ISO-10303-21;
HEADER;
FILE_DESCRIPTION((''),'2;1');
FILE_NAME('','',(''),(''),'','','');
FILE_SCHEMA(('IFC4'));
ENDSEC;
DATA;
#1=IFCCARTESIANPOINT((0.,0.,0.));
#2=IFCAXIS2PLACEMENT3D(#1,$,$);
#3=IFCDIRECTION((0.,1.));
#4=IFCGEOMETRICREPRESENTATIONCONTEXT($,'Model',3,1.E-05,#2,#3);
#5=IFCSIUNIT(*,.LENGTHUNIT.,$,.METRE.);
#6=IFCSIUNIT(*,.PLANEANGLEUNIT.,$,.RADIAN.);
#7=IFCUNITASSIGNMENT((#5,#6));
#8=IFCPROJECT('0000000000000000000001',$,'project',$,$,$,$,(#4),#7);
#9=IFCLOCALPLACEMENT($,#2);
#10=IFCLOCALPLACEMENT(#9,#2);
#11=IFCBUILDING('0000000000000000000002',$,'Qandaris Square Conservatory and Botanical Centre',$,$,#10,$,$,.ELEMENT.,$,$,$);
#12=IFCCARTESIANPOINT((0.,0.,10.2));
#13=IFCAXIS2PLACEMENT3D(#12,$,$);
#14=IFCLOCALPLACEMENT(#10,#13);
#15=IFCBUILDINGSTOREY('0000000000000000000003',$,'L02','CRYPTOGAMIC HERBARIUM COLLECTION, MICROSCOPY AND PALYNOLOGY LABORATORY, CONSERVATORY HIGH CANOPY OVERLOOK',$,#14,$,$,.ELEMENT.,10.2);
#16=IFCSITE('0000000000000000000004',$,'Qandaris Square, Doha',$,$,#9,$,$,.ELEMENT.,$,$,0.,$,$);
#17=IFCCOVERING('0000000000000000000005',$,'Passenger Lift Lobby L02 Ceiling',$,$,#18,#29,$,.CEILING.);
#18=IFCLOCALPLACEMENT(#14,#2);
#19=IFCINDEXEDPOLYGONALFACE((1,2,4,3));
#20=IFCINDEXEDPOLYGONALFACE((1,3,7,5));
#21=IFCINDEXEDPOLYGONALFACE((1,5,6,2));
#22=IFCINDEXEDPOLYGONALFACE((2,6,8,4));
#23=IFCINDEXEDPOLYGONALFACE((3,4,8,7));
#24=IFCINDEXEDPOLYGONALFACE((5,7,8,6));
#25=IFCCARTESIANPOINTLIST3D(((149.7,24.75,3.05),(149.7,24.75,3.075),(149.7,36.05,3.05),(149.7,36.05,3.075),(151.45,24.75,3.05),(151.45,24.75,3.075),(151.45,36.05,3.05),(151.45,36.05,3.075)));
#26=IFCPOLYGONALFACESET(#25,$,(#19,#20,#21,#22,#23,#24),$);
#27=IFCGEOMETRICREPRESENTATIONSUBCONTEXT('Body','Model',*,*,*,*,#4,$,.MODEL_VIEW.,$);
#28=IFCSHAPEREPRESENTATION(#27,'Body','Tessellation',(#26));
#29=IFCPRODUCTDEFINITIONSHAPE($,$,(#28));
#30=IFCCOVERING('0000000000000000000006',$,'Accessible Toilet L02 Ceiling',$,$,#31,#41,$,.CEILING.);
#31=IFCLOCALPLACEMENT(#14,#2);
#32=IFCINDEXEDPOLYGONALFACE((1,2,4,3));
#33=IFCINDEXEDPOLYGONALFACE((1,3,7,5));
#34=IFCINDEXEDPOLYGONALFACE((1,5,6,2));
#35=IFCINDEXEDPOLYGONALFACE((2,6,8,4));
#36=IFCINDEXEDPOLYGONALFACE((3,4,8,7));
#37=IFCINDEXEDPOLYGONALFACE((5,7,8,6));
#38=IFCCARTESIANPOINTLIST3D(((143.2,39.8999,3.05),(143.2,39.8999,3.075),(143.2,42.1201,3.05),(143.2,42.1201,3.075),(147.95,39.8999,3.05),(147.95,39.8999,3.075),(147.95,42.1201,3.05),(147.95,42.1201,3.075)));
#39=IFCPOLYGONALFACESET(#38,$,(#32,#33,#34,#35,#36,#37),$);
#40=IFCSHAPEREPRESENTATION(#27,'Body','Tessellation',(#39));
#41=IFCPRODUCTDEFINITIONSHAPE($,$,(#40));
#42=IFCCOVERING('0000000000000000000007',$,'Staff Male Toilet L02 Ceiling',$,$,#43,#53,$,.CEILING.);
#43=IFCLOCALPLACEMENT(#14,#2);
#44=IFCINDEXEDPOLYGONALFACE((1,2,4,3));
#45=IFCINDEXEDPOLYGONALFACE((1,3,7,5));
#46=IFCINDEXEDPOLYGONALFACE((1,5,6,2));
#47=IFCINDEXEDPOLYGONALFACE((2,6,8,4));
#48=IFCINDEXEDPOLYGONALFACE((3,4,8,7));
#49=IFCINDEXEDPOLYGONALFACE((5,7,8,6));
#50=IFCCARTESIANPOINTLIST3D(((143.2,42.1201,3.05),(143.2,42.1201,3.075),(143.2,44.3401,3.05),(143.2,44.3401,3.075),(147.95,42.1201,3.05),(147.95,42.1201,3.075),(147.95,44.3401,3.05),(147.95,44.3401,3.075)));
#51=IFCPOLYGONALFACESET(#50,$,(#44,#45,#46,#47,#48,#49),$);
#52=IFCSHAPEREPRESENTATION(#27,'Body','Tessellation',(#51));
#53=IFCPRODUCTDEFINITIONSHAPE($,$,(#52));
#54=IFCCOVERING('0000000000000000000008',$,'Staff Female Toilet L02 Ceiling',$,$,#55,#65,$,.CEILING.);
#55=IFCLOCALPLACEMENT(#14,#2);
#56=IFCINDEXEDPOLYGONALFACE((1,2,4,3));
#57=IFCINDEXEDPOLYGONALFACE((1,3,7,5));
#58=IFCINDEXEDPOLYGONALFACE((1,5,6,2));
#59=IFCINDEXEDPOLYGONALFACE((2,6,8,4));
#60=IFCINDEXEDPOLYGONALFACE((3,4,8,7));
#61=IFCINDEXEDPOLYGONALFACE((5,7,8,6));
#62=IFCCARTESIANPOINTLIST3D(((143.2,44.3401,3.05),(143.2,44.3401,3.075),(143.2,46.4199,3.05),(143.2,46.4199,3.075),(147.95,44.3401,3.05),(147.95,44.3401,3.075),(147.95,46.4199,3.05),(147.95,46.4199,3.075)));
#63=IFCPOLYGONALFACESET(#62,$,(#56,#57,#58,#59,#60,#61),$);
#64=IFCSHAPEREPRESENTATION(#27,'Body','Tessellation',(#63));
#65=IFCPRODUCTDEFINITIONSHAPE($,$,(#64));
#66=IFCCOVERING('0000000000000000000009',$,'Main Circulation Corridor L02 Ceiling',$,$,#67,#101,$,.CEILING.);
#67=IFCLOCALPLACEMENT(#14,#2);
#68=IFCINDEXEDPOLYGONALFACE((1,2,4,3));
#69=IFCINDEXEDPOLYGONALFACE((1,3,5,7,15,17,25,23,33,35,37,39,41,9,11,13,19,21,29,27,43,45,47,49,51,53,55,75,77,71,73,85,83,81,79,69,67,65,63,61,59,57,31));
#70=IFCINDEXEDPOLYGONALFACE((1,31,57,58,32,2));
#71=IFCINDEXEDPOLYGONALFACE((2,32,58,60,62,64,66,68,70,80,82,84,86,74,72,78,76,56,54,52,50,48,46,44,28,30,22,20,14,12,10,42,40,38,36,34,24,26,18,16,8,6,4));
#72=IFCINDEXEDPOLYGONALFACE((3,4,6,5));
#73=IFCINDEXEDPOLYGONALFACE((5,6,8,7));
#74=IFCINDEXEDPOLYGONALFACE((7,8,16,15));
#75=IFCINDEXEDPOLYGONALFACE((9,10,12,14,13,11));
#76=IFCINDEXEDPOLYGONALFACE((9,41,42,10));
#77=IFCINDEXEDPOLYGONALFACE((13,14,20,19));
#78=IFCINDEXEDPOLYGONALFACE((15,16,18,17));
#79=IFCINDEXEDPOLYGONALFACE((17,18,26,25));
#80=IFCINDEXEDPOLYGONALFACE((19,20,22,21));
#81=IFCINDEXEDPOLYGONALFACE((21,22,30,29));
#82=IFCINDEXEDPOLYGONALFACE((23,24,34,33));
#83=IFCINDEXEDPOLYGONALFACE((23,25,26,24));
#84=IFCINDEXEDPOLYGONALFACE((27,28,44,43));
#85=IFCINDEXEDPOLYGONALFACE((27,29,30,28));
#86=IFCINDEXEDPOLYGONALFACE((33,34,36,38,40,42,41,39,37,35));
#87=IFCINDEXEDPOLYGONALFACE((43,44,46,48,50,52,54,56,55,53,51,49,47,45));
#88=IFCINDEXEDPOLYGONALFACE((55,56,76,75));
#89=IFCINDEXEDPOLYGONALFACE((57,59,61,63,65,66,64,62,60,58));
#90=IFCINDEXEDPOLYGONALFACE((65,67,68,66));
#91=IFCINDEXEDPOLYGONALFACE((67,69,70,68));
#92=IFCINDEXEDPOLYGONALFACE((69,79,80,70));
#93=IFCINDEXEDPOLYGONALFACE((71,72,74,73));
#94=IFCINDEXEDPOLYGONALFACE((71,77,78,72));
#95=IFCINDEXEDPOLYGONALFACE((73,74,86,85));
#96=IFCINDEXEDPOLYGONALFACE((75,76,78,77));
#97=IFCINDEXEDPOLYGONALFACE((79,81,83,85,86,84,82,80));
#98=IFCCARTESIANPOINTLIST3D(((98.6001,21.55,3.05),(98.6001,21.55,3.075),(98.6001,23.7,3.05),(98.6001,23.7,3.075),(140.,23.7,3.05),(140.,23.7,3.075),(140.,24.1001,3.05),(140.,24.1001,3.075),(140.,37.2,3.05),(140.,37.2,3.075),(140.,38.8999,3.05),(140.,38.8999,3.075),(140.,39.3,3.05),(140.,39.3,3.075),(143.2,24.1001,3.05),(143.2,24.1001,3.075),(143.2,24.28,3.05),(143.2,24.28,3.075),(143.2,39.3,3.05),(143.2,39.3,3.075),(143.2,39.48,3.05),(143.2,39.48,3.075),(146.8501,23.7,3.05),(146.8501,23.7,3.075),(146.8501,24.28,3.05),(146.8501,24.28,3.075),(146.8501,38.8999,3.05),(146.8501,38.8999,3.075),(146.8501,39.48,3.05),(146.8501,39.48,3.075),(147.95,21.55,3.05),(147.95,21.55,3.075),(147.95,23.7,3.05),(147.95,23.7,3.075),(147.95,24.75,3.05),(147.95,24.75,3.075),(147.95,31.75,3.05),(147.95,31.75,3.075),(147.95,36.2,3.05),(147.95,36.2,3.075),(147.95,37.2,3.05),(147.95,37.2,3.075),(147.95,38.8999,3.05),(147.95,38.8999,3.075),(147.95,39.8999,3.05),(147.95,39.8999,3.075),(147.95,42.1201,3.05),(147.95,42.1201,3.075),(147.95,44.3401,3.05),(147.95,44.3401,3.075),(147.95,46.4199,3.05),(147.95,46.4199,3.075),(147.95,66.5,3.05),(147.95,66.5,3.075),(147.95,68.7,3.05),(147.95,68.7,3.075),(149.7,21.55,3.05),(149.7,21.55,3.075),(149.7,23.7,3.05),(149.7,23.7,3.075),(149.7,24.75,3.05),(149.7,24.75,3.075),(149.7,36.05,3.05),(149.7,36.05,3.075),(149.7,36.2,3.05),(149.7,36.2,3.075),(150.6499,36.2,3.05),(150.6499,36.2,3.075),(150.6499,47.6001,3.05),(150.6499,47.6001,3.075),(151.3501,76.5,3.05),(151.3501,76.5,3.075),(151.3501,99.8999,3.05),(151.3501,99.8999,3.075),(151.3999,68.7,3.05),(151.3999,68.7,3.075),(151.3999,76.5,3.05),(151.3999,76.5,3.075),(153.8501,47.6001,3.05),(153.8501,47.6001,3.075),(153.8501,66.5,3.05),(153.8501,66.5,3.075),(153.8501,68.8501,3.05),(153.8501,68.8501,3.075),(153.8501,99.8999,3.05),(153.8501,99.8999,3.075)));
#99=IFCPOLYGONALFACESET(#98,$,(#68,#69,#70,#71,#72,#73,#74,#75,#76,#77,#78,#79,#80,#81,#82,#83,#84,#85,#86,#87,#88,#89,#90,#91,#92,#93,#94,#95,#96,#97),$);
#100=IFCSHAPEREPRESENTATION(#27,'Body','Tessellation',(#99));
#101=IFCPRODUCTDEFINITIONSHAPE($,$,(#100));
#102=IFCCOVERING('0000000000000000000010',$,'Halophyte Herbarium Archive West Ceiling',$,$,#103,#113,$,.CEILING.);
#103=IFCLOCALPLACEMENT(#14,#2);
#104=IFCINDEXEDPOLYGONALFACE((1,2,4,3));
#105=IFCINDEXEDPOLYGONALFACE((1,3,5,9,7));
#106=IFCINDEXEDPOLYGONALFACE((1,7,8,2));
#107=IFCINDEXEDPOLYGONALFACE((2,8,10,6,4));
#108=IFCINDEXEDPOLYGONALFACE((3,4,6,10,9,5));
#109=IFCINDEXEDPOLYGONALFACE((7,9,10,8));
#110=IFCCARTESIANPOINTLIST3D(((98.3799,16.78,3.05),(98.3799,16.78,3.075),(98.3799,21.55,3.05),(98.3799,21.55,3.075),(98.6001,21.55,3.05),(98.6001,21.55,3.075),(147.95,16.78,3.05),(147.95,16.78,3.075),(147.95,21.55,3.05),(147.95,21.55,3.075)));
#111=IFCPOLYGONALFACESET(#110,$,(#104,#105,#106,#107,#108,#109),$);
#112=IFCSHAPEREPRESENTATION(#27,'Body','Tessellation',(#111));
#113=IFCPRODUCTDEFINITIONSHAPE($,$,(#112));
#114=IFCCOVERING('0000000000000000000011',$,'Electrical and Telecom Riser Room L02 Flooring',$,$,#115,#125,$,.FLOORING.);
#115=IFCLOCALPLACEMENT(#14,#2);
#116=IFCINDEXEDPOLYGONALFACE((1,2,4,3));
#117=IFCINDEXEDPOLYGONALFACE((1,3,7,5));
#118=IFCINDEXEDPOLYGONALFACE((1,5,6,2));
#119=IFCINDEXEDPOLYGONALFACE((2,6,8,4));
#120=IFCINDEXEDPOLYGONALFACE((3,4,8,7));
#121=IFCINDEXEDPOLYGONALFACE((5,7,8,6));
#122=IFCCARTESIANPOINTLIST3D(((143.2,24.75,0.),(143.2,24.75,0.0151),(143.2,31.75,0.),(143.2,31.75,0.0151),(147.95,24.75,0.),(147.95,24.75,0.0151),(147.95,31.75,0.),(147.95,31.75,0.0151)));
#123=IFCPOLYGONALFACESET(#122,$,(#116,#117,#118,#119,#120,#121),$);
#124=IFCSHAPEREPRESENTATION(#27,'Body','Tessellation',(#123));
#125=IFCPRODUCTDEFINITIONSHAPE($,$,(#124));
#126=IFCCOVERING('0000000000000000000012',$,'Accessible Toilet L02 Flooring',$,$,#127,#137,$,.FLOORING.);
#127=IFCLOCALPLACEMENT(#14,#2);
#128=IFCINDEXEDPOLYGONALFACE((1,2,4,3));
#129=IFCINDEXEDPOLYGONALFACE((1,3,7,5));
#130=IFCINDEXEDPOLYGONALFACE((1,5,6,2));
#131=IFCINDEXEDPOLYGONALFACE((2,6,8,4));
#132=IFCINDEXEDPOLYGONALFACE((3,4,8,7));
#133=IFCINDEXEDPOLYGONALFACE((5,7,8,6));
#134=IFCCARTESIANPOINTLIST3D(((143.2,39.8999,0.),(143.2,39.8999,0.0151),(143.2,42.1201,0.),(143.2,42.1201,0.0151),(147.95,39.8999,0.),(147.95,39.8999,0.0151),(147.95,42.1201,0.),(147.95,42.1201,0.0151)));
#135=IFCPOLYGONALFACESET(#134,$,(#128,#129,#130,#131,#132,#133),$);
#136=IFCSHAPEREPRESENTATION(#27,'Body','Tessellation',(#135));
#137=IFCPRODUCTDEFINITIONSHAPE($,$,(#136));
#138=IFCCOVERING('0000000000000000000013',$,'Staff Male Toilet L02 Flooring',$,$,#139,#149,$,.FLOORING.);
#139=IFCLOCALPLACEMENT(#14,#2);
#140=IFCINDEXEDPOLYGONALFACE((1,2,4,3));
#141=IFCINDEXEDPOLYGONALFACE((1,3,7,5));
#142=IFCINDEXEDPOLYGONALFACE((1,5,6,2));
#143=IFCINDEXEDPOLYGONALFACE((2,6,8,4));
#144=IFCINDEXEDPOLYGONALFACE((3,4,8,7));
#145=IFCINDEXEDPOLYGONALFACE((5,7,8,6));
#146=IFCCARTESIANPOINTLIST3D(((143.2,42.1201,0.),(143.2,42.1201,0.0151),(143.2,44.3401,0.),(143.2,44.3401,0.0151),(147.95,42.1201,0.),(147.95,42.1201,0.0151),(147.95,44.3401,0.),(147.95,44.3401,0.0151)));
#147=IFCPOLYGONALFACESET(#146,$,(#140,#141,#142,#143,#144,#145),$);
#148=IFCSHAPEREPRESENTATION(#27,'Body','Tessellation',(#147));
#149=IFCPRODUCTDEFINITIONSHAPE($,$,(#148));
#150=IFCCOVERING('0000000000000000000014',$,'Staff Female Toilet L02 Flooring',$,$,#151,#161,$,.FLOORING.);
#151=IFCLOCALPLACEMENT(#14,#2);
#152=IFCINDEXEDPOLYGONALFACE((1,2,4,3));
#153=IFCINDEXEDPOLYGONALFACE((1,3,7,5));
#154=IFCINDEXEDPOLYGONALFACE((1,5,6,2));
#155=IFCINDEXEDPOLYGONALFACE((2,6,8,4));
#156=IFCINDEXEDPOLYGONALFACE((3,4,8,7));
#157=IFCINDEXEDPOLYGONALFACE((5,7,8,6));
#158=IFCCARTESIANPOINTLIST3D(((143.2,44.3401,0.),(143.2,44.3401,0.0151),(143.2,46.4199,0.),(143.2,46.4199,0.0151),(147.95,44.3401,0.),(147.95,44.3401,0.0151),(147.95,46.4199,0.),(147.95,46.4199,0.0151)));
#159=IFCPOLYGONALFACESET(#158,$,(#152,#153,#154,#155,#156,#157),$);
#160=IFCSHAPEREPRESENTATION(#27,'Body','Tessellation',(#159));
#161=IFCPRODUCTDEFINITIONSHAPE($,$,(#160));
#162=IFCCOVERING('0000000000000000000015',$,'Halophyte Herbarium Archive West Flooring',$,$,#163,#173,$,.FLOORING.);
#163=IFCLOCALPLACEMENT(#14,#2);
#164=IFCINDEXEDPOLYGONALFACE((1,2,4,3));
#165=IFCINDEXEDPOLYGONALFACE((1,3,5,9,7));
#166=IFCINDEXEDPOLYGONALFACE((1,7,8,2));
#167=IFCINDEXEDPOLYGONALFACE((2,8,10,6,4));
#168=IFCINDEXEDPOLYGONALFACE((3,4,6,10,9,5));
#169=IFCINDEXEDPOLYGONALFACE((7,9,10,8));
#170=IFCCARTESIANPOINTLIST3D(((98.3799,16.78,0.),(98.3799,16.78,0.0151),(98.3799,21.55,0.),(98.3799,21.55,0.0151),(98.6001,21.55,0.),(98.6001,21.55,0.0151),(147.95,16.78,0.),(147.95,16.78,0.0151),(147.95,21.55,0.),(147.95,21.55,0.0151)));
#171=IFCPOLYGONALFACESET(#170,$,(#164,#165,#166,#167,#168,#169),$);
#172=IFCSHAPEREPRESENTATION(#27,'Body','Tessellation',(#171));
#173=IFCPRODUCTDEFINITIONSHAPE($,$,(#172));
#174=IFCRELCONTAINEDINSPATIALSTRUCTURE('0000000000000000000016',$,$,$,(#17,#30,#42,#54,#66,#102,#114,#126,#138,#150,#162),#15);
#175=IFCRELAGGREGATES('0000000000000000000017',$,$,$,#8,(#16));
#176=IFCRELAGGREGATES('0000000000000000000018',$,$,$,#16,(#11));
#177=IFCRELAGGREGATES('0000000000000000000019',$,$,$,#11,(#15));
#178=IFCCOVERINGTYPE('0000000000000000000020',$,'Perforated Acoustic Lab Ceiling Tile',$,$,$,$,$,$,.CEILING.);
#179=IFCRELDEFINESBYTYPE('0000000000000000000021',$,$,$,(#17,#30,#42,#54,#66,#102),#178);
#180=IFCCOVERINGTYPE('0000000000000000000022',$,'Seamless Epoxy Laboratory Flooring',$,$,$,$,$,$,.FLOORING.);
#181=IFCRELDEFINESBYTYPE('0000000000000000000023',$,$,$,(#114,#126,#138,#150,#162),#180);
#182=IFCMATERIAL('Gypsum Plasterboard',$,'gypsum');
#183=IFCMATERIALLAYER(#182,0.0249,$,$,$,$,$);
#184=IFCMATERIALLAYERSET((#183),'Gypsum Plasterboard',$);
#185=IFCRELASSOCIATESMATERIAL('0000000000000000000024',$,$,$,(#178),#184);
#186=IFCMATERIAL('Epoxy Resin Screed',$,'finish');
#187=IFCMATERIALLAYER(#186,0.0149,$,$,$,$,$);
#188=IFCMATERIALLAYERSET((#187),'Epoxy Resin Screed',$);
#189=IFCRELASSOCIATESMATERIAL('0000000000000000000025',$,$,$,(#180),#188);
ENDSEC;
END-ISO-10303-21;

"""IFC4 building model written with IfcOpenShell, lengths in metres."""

from ifc_helpers import new_model, si_unit, direction, frame, origin, place, context, subcontext, project, spatial, polyline, outline, extrude, material, layer, layer_set, type_object, element, save


model = new_model("IFC4")

# Units and contexts
model_context = context("Model", 3, precision=1e-05, world=origin(), true_north=direction((0.0, 1.0)))
body_context = subcontext(model_context, "Body", "Model", "MODEL_VIEW")
ifc_project = project(units=[si_unit("LENGTHUNIT", "METRE"), si_unit("PLANEANGLEUNIT", "RADIAN")], contexts=[model_context])

# Site, building, storey
site_placement = place(None, origin())
site = spatial("IfcSite", under=ifc_project, at=site_placement, Name="Qandaris Square, Doha", CompositionType="ELEMENT", RefElevation=0.0)
building_placement = place(site_placement, origin())
building = spatial("IfcBuilding", under=site, at=building_placement, Name="Qandaris Square Conservatory and Botanical Centre", CompositionType="ELEMENT")
storey_placement = place(building_placement, frame((0.0, 0.0, 10.2)))
storey = spatial("IfcBuildingStorey", under=building, at=storey_placement, Name="L02", Description="CRYPTOGAMIC HERBARIUM COLLECTION, MICROSCOPY AND PALYNOLOGY LABORATORY, CONSERVATORY HIGH CANOPY OVERLOOK", CompositionType="ELEMENT", Elevation=10.2)

# Coverings
ifc_material_1 = material(Name="Gypsum Plasterboard", Category="gypsum")
ifc_layer_1 = layer(ifc_material_1, 0.0249)
ifc_layer_set_1 = layer_set([ifc_layer_1], Name="Gypsum Plasterboard")
covering_type_1 = type_object("IfcCoveringType", Name="Perforated Acoustic Lab Ceiling Tile", PredefinedType="CEILING", material=ifc_layer_set_1)
covering_1_placement = place(storey_placement, frame((0.0, 0.0, 3.05)))
element("IfcCovering", 1, at=covering_1_placement, inside=storey, type_object=covering_type_1, Name="Passenger Lift Lobby L02 Ceiling", PredefinedType="CEILING", context=body_context, shape_type="SweptSolid", body=[
    extrude(outline(polyline([(149.7, 36.05), (151.45, 36.05), (151.45, 24.75), (149.7, 24.75), (149.7, 36.05)])), origin(), (0.0, 0.0, 1.0), 0.0249),
])
covering_2_placement = place(storey_placement, frame((0.0, 0.0, 3.05)))
element("IfcCovering", 2, at=covering_2_placement, inside=storey, type_object=covering_type_1, Name="Accessible Toilet L02 Ceiling", PredefinedType="CEILING", context=body_context, shape_type="SweptSolid", body=[
    extrude(outline(polyline([(147.95, 42.1201), (147.95, 39.8999), (143.2, 39.8999), (143.2, 42.1201), (147.95, 42.1201)])), origin(), (0.0, 0.0, 1.0), 0.0249),
])
covering_3_placement = place(storey_placement, frame((0.0, 0.0, 3.05)))
element("IfcCovering", 3, at=covering_3_placement, inside=storey, type_object=covering_type_1, Name="Staff Male Toilet L02 Ceiling", PredefinedType="CEILING", context=body_context, shape_type="SweptSolid", body=[
    extrude(outline(polyline([(147.95, 44.3401), (147.95, 42.1201), (143.2, 42.1201), (143.2, 44.3401), (147.95, 44.3401)])), origin(), (0.0, 0.0, 1.0), 0.0249),
])
covering_4_placement = place(storey_placement, frame((0.0, 0.0, 3.05)))
element("IfcCovering", 4, at=covering_4_placement, inside=storey, type_object=covering_type_1, Name="Staff Female Toilet L02 Ceiling", PredefinedType="CEILING", context=body_context, shape_type="SweptSolid", body=[
    extrude(outline(polyline([(147.95, 46.4199), (147.95, 44.3401), (143.2, 44.3401), (143.2, 46.4199), (147.95, 46.4199)])), origin(), (0.0, 0.0, 1.0), 0.0249),
])
covering_5_placement = place(storey_placement, frame((0.0, 0.0, 3.05)))
element("IfcCovering", 5, at=covering_5_placement, inside=storey, type_object=covering_type_1, Name="Main Circulation Corridor L02 Ceiling", PredefinedType="CEILING", context=body_context, shape_type="SweptSolid", body=[
    extrude(outline(polyline([(140.0, 24.1001), (143.2, 24.1001), (143.2, 24.28), (146.8501, 24.28), (146.8501, 23.7), (147.95, 23.7), (147.95, 24.75), (147.95, 31.75), (147.95, 36.2), (147.95, 37.2), (140.0, 37.2), (140.0, 38.8999), (140.0, 39.3), (143.2, 39.3), (143.2, 39.48), (146.8501, 39.48), (146.8501, 38.8999), (147.95, 38.8999), (147.95, 39.8999), (147.95, 42.1201), (147.95, 44.3401), (147.95, 46.4199), (147.95, 66.5), (147.95, 68.7), (151.3999, 68.7), (151.3999, 76.5), (151.3501, 76.5), (151.3501, 99.8999), (153.8501, 99.8999), (153.8501, 68.8501), (153.8501, 66.5), (153.8501, 47.6001), (150.6499, 47.6001), (150.6499, 36.2), (149.7, 36.2), (149.7, 36.05), (149.7, 24.75), (149.7, 23.7), (149.7, 21.55), (147.95, 21.55), (98.6001, 21.55), (98.6001, 23.7), (140.0, 23.7), (140.0, 24.1001)])), origin(), (0.0, 0.0, 1.0), 0.0249),
])
covering_6_placement = place(storey_placement, frame((0.0, 0.0, 3.05)))
element("IfcCovering", 6, at=covering_6_placement, inside=storey, type_object=covering_type_1, Name="Halophyte Herbarium Archive West Ceiling", PredefinedType="CEILING", context=body_context, shape_type="SweptSolid", body=[
    extrude(outline(polyline([(98.6001, 21.55), (147.95, 21.55), (147.95, 16.78), (98.3799, 16.78), (98.3799, 21.55), (98.6001, 21.55)])), origin(), (0.0, 0.0, 1.0), 0.0249),
])
ifc_material_2 = material(Name="Epoxy Resin Screed", Category="finish")
ifc_layer_2 = layer(ifc_material_2, 0.0149)
ifc_layer_set_2 = layer_set([ifc_layer_2], Name="Epoxy Resin Screed")
covering_type_2 = type_object("IfcCoveringType", Name="Seamless Epoxy Laboratory Flooring", PredefinedType="FLOORING", material=ifc_layer_set_2)
covering_7_placement = place(storey_placement, origin())
element("IfcCovering", 7, at=covering_7_placement, inside=storey, type_object=covering_type_2, Name="Electrical and Telecom Riser Room L02 Flooring", PredefinedType="FLOORING", context=body_context, shape_type="SweptSolid", body=[
    extrude(outline(polyline([(147.95, 31.75), (147.95, 24.75), (143.2, 24.75), (143.2, 31.75), (147.95, 31.75)])), origin(), (0.0, 0.0, 1.0), 0.0151),
])
covering_8_placement = place(storey_placement, origin())
element("IfcCovering", 8, at=covering_8_placement, inside=storey, type_object=covering_type_2, Name="Accessible Toilet L02 Flooring", PredefinedType="FLOORING", context=body_context, shape_type="SweptSolid", body=[
    extrude(outline(polyline([(147.95, 42.1201), (147.95, 39.8999), (143.2, 39.8999), (143.2, 42.1201), (147.95, 42.1201)])), origin(), (0.0, 0.0, 1.0), 0.0151),
])
covering_9_placement = place(storey_placement, origin())
element("IfcCovering", 9, at=covering_9_placement, inside=storey, type_object=covering_type_2, Name="Staff Male Toilet L02 Flooring", PredefinedType="FLOORING", context=body_context, shape_type="SweptSolid", body=[
    extrude(outline(polyline([(147.95, 44.3401), (147.95, 42.1201), (143.2, 42.1201), (143.2, 44.3401), (147.95, 44.3401)])), origin(), (0.0, 0.0, 1.0), 0.0151),
])
covering_10_placement = place(storey_placement, origin())
element("IfcCovering", 10, at=covering_10_placement, inside=storey, type_object=covering_type_2, Name="Staff Female Toilet L02 Flooring", PredefinedType="FLOORING", context=body_context, shape_type="SweptSolid", body=[
    extrude(outline(polyline([(147.95, 46.4199), (147.95, 44.3401), (143.2, 44.3401), (143.2, 46.4199), (147.95, 46.4199)])), origin(), (0.0, 0.0, 1.0), 0.0151),
])
covering_11_placement = place(storey_placement, origin())
element("IfcCovering", 11, at=covering_11_placement, inside=storey, type_object=covering_type_2, Name="Halophyte Herbarium Archive West Flooring", PredefinedType="FLOORING", context=body_context, shape_type="SweptSolid", body=[
    extrude(outline(polyline([(98.6001, 21.55), (147.95, 21.55), (147.95, 16.78), (98.3799, 16.78), (98.3799, 21.55), (98.6001, 21.55)])), origin(), (0.0, 0.0, 1.0), 0.0151),
])

save(model, "model.ifc")
